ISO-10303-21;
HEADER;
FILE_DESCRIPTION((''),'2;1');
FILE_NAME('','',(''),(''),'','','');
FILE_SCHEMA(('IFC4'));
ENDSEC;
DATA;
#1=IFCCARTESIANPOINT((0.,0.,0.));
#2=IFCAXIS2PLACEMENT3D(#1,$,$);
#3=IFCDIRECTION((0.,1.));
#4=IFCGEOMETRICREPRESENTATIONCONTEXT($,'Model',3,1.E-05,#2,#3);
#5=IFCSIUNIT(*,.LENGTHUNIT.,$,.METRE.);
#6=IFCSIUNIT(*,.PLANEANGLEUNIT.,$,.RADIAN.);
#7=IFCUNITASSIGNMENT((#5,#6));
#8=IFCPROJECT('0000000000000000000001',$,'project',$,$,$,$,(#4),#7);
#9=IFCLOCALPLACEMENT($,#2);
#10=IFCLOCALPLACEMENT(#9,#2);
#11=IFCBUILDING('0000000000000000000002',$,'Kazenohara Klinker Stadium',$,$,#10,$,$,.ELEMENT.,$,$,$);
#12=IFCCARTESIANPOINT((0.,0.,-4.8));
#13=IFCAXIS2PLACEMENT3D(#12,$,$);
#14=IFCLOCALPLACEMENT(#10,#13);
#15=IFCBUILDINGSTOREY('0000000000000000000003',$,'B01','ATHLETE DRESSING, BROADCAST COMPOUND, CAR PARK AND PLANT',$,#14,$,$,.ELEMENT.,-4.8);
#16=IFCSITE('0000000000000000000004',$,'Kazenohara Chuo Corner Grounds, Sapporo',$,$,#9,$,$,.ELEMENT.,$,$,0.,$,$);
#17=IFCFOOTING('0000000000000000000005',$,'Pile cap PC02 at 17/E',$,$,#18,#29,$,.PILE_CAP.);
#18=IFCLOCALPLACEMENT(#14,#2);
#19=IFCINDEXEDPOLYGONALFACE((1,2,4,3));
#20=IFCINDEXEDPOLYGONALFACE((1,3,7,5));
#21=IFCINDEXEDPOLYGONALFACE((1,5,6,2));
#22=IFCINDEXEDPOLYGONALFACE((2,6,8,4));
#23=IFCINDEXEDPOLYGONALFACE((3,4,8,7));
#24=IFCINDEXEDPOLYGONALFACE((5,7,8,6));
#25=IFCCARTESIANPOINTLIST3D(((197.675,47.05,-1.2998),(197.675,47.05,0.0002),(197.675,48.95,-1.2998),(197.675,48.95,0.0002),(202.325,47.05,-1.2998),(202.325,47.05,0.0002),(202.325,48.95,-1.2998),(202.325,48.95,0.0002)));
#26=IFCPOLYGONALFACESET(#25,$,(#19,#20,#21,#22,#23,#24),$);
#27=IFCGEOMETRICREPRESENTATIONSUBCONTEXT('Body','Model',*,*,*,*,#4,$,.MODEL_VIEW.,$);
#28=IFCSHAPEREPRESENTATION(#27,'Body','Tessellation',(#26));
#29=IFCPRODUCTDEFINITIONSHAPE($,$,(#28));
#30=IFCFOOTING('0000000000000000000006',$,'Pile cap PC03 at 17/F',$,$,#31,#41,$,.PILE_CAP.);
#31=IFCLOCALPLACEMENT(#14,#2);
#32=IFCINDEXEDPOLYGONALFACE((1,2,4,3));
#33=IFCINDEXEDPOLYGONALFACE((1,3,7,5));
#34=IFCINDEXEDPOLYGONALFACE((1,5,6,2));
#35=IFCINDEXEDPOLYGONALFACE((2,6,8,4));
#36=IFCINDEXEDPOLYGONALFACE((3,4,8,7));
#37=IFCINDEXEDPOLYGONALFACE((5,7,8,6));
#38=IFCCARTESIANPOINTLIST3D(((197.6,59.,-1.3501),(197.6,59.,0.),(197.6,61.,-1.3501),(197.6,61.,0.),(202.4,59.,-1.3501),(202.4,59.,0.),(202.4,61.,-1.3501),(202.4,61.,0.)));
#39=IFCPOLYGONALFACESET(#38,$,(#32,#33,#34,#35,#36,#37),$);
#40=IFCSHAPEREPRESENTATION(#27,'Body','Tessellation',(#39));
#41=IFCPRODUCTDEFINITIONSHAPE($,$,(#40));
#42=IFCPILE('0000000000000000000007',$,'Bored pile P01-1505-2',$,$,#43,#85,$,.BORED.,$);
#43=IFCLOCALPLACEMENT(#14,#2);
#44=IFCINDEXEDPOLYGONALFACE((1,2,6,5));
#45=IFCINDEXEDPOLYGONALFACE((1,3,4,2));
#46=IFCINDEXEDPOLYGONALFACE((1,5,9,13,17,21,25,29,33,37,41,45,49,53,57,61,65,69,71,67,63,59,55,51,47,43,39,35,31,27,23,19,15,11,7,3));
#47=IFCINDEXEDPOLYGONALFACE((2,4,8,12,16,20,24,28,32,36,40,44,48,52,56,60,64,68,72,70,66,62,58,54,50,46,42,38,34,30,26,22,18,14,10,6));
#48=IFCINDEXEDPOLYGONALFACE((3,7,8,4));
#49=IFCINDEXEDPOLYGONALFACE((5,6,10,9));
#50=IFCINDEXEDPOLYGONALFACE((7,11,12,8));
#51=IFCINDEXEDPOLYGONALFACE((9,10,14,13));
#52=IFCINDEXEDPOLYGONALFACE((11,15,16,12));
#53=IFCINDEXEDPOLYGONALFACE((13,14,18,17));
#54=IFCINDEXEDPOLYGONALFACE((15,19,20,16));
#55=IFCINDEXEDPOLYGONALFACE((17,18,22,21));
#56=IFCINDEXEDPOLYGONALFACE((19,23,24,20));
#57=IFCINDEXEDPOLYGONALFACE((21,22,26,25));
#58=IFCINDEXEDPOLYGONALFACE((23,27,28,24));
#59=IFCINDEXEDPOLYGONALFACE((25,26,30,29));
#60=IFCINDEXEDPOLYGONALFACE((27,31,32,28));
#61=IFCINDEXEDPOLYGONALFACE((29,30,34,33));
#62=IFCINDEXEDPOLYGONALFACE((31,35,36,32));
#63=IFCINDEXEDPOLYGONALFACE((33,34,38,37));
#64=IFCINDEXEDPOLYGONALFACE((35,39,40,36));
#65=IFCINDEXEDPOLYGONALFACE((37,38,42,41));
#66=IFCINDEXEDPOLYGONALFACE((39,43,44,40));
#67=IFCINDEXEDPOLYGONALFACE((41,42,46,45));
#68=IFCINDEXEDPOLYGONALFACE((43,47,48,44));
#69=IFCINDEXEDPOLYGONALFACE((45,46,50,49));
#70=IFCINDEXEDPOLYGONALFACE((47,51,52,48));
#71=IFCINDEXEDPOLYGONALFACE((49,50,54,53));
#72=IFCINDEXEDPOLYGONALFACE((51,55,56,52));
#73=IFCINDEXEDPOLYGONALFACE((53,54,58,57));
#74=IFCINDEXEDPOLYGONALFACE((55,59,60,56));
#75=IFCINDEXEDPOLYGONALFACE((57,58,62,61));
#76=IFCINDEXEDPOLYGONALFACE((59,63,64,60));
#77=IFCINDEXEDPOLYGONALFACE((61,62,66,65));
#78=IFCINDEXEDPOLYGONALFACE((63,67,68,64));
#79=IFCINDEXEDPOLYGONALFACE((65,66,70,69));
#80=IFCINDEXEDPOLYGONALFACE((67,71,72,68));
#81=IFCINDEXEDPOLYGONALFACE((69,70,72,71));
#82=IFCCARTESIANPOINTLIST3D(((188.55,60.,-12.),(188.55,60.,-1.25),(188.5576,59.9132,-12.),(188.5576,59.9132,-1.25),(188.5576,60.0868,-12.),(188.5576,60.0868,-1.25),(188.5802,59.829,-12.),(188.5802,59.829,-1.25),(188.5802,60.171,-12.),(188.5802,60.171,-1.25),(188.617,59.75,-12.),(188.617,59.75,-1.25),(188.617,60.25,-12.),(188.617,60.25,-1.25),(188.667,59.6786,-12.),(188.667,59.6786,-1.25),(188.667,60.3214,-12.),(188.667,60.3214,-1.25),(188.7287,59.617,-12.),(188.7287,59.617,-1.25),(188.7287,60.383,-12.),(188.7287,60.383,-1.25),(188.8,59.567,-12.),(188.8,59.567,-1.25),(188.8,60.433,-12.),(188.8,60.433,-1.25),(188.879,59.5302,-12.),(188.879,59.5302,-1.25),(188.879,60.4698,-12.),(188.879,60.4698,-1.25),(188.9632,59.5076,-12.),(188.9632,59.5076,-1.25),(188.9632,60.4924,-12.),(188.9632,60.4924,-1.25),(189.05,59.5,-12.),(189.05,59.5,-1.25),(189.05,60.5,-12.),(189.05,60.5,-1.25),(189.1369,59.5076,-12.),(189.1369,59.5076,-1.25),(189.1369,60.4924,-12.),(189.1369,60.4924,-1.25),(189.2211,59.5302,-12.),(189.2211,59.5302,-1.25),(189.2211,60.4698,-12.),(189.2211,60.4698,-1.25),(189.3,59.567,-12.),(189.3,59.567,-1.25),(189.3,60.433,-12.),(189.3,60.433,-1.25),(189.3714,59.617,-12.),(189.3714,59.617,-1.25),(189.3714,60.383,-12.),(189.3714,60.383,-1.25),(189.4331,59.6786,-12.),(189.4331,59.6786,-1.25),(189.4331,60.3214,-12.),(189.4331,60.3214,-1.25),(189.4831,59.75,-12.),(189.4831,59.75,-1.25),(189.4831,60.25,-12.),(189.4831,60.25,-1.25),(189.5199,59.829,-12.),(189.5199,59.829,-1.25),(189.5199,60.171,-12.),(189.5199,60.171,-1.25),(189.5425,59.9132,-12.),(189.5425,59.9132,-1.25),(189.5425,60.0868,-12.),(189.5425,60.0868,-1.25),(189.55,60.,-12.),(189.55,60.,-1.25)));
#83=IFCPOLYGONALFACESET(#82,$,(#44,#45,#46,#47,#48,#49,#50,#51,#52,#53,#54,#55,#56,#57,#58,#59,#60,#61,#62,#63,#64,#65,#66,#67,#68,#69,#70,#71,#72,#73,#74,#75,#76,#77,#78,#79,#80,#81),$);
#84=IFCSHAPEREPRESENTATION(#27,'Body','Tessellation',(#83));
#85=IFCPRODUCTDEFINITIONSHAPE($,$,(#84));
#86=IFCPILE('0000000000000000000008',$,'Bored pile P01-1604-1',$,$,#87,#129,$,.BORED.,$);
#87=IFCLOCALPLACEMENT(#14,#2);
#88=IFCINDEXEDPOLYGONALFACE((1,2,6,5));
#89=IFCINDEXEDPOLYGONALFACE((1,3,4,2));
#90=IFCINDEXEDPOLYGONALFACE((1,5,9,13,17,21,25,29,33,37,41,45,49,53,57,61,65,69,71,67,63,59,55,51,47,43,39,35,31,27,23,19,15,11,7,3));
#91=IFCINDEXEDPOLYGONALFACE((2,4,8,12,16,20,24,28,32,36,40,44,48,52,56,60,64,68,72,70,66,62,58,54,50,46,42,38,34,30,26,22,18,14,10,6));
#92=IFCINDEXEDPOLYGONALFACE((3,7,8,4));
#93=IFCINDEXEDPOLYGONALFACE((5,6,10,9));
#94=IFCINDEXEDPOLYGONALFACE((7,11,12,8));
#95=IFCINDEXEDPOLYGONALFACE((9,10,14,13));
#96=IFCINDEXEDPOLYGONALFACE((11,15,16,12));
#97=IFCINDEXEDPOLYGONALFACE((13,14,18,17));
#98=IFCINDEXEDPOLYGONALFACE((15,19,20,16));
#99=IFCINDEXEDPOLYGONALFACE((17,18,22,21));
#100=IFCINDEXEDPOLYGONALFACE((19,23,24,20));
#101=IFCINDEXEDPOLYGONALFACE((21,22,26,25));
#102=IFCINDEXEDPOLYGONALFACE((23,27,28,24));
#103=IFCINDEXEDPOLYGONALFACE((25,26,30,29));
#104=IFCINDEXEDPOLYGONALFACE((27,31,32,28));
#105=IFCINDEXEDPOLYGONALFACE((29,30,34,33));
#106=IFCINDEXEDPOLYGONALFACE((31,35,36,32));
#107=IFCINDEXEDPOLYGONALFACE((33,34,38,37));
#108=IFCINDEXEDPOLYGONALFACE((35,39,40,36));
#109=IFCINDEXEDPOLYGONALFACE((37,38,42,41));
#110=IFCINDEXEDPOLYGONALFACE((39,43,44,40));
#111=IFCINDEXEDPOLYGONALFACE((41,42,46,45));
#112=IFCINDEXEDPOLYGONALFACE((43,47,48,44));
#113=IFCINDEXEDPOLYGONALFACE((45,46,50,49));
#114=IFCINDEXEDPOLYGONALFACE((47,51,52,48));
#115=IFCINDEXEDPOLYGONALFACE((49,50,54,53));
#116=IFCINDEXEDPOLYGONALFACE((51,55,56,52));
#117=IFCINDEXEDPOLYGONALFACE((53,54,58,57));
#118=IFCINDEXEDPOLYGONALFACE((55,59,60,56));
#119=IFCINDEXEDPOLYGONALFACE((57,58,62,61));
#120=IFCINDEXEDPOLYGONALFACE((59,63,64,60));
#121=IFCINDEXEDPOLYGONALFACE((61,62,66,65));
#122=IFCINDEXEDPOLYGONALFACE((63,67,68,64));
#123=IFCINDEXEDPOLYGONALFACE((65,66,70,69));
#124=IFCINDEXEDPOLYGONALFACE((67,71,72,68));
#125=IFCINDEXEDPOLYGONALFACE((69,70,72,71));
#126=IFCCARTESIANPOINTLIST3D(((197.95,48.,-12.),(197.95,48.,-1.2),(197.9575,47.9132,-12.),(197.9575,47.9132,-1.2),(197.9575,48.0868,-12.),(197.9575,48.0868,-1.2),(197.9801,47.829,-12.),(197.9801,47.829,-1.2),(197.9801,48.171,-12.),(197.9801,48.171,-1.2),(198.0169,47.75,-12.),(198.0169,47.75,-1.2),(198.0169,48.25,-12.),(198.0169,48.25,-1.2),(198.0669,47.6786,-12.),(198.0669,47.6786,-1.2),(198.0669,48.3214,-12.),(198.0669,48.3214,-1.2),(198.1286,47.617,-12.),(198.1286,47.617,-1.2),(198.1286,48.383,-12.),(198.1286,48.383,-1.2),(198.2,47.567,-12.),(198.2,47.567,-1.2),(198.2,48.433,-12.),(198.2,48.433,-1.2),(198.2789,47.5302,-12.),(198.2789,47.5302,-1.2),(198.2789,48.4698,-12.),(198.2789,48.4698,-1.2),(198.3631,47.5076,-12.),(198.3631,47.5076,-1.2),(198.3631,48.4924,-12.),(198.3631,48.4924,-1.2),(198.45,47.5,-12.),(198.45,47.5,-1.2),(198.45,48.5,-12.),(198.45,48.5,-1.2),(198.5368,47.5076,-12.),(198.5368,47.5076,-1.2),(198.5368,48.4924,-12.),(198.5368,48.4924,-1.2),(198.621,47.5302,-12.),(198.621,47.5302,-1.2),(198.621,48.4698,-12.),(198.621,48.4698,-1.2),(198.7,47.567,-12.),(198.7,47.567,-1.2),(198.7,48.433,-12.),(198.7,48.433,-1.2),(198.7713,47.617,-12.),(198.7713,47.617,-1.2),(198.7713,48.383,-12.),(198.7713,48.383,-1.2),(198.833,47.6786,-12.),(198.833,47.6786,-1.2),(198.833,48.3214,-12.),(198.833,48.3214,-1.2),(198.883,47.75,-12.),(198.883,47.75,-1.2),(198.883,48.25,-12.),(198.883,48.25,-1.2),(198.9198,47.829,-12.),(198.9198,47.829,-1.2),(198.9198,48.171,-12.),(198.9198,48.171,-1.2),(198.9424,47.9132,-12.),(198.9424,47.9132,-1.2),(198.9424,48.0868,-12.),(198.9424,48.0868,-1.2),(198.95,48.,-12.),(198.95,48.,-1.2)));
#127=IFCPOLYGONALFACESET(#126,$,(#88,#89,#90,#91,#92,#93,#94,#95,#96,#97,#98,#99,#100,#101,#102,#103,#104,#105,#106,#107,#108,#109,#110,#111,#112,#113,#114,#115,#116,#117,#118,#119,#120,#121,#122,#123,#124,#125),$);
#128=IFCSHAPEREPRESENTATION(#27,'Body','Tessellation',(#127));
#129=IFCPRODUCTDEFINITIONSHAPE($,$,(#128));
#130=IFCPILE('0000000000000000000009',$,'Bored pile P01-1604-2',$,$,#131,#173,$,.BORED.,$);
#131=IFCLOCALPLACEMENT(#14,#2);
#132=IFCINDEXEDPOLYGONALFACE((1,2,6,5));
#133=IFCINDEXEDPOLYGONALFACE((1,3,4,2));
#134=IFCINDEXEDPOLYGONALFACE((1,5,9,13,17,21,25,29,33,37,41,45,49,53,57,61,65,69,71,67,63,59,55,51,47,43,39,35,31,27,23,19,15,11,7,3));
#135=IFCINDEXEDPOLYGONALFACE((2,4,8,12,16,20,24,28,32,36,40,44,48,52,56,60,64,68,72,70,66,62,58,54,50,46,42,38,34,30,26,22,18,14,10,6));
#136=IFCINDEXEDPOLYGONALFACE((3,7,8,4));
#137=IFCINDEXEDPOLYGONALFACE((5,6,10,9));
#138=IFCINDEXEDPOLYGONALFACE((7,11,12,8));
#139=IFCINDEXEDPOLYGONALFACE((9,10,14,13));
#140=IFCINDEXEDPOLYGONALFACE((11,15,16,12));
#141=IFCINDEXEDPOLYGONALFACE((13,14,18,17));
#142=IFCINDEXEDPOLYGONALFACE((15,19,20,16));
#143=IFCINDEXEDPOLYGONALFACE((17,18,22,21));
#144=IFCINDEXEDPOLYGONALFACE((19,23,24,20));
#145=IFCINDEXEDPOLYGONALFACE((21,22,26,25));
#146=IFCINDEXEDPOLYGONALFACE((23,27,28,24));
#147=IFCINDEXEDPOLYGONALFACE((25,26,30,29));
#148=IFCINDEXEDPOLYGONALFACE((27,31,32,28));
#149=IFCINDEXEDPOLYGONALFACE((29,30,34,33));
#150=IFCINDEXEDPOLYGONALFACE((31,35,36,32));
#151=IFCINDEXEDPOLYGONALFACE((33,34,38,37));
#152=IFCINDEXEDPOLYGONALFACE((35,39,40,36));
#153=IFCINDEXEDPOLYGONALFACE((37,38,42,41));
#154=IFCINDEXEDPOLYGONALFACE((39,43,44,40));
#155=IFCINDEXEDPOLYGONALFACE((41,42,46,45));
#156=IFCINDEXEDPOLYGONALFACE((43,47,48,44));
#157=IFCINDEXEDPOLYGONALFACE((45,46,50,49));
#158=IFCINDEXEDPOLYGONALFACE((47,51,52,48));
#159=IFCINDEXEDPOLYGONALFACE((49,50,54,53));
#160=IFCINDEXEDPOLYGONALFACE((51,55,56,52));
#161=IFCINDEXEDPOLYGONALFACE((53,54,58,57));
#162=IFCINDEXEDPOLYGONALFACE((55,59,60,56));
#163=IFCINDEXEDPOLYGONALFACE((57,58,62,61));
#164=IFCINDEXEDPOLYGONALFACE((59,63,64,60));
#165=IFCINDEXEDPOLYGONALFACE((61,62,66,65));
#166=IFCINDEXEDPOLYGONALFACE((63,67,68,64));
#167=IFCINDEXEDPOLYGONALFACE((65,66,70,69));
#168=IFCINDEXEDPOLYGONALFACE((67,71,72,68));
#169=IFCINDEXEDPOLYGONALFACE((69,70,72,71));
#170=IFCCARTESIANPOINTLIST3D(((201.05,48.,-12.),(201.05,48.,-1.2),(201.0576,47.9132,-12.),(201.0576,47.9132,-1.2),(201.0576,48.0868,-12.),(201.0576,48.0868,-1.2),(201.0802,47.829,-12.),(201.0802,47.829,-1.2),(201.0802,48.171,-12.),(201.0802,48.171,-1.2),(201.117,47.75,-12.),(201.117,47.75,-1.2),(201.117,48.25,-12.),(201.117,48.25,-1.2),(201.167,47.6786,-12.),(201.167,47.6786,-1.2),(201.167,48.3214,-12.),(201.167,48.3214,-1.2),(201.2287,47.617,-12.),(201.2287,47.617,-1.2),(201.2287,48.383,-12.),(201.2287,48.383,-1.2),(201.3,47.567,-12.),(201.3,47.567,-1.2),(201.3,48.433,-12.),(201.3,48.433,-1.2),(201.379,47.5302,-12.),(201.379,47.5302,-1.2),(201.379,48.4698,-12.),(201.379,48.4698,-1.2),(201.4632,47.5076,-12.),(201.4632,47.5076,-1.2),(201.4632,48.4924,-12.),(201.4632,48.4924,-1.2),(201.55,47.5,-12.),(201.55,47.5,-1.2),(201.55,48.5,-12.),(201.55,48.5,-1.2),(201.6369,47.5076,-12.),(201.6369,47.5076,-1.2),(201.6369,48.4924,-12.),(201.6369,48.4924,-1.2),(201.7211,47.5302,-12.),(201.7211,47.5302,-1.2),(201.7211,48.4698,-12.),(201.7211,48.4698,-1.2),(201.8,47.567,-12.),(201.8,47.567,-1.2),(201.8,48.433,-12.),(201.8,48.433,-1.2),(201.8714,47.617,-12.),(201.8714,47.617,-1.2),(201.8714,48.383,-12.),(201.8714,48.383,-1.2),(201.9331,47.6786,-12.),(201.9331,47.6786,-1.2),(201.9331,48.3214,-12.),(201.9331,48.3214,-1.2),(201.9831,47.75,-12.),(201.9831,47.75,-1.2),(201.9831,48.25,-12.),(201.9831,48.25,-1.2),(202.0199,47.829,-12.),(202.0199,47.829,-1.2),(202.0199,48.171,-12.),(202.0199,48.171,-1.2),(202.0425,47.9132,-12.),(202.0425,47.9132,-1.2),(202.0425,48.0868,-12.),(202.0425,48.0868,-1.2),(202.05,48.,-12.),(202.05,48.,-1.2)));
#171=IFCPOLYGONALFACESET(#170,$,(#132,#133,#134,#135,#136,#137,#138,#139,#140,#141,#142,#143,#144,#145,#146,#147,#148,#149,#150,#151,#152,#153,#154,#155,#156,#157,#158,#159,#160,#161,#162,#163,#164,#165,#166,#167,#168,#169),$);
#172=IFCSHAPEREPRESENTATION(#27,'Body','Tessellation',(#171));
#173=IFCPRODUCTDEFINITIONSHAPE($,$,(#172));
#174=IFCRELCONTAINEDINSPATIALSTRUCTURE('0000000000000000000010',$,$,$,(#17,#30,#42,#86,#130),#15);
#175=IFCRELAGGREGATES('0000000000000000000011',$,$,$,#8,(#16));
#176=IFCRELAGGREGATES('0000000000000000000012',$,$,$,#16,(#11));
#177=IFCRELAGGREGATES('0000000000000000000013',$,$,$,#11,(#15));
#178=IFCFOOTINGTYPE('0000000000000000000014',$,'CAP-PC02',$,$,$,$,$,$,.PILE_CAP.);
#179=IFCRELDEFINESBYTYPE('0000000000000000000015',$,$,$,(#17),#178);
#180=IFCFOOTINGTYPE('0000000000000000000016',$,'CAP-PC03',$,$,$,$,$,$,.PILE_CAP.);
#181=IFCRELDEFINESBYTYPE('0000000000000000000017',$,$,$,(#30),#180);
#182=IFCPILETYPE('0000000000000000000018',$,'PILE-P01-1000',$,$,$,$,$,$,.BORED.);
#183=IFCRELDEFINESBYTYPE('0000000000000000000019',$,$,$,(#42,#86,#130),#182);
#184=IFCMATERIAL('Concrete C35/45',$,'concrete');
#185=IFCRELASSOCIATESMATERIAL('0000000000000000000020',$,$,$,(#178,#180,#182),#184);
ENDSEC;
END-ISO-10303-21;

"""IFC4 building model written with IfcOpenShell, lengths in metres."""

from ifc_helpers import new_model, si_unit, direction, frame, origin, origin_2d, place, context, subcontext, project, spatial, rectangle, circle, extrude, material, material_profile, profile_set, type_object, element, save


model = new_model("IFC4")

# Units and contexts
model_context = context("Model", 3, precision=1e-05, world=origin(), true_north=direction((0.0, 1.0)))
body_context = subcontext(model_context, "Body", "Model", "MODEL_VIEW")
ifc_project = project(units=[si_unit("LENGTHUNIT", "METRE"), si_unit("PLANEANGLEUNIT", "RADIAN")], contexts=[model_context])

# Site, building, storey
site_placement = place(None, origin())
site = spatial("IfcSite", under=ifc_project, at=site_placement, Name="Kazenohara Chuo Corner Grounds, Sapporo", CompositionType="ELEMENT", RefElevation=0.0)
building_placement = place(site_placement, origin())
building = spatial("IfcBuilding", under=site, at=building_placement, Name="Kazenohara Klinker Stadium", CompositionType="ELEMENT")
storey_placement = place(building_placement, frame((0.0, 0.0, -4.8)))
storey = spatial("IfcBuildingStorey", under=building, at=storey_placement, Name="B01", Description="ATHLETE DRESSING, BROADCAST COMPOUND, CAR PARK AND PLANT", CompositionType="ELEMENT", Elevation=-4.8)

# Footings
ifc_material_1 = material(Name="Concrete C35/45", Category="concrete")
footing_type_1 = type_object("IfcFootingType", Name="CAP-PC02", PredefinedType="PILE_CAP", material=ifc_material_1)
footing_1_placement = place(storey_placement, frame((200.0, 48.0, -1.2998), z_axis=(0.0, 0.0, 1.0), x_axis=(1.0, 0.0, 0.0)))
element("IfcFooting", 1, at=footing_1_placement, inside=storey, type_object=footing_type_1, Name="Pile cap PC02 at 17/E", PredefinedType="PILE_CAP", context=body_context, shape_type="SweptSolid", body=[
    extrude(rectangle(XDim=4.6499, YDim=1.8999, at=origin_2d()), origin(), (0.0, 0.0, 1.0), 1.3),
])
footing_type_2 = type_object("IfcFootingType", Name="CAP-PC03", PredefinedType="PILE_CAP", material=ifc_material_1)
footing_2_placement = place(storey_placement, frame((200.0, 60.0, -1.3501), z_axis=(0.0, 0.0, 1.0), x_axis=(1.0, 0.0, 0.0)))
element("IfcFooting", 2, at=footing_2_placement, inside=storey, type_object=footing_type_2, Name="Pile cap PC03 at 17/F", PredefinedType="PILE_CAP", context=body_context, shape_type="SweptSolid", body=[
    extrude(rectangle(XDim=4.8, YDim=2.0, at=origin_2d()), origin(), (0.0, 0.0, 1.0), 1.3501),
])

# Piles
ifc_material_profile_1 = material_profile(ifc_material_1, circle(Radius=0.5, at=origin_2d()), Name="BORED-PILE-1000")
ifc_profile_set_1 = profile_set([ifc_material_profile_1], Name="Concrete C35/45")
pile_type = type_object("IfcPileType", Name="PILE-P01-1000", PredefinedType="BORED", material=ifc_profile_set_1)
pile_placement = place(storey_placement, frame((189.05, 60.0, -1.25), z_axis=(0.0, 0.0, -1.0), x_axis=(1.0, 0.0, 0.0)))
element("IfcPile", 3, at=pile_placement, inside=storey, type_object=pile_type, Name="Bored pile P01-1505-2", PredefinedType="BORED", context=body_context, shape_type="SweptSolid", body=[
    extrude(circle(Radius=0.5, at=origin_2d()), origin(), (0.0, 0.0, 1.0), 10.75),
])
for number, where, z_axis, x_axis, name in (
    (4, (198.45, 48.0, -1.2), (0.0, 0.0, -1.0), (1.0, 0.0, 0.0), "Bored pile P01-1604-1"),
    (5, (201.55, 48.0, -1.2), (0.0, 0.0, -1.0), (1.0, 0.0, 0.0), "Bored pile P01-1604-2"),
):
    element("IfcPile", number, at=place(storey_placement, frame(where, z_axis=z_axis, x_axis=x_axis)), inside=storey, type_object=pile_type, Name=name, PredefinedType="BORED", context=body_context, shape_type="SweptSolid", body=[
        extrude(circle(Radius=0.5, at=origin_2d()), origin(), (0.0, 0.0, 1.0), 10.8),
    ])

save(model, "model.ifc")
